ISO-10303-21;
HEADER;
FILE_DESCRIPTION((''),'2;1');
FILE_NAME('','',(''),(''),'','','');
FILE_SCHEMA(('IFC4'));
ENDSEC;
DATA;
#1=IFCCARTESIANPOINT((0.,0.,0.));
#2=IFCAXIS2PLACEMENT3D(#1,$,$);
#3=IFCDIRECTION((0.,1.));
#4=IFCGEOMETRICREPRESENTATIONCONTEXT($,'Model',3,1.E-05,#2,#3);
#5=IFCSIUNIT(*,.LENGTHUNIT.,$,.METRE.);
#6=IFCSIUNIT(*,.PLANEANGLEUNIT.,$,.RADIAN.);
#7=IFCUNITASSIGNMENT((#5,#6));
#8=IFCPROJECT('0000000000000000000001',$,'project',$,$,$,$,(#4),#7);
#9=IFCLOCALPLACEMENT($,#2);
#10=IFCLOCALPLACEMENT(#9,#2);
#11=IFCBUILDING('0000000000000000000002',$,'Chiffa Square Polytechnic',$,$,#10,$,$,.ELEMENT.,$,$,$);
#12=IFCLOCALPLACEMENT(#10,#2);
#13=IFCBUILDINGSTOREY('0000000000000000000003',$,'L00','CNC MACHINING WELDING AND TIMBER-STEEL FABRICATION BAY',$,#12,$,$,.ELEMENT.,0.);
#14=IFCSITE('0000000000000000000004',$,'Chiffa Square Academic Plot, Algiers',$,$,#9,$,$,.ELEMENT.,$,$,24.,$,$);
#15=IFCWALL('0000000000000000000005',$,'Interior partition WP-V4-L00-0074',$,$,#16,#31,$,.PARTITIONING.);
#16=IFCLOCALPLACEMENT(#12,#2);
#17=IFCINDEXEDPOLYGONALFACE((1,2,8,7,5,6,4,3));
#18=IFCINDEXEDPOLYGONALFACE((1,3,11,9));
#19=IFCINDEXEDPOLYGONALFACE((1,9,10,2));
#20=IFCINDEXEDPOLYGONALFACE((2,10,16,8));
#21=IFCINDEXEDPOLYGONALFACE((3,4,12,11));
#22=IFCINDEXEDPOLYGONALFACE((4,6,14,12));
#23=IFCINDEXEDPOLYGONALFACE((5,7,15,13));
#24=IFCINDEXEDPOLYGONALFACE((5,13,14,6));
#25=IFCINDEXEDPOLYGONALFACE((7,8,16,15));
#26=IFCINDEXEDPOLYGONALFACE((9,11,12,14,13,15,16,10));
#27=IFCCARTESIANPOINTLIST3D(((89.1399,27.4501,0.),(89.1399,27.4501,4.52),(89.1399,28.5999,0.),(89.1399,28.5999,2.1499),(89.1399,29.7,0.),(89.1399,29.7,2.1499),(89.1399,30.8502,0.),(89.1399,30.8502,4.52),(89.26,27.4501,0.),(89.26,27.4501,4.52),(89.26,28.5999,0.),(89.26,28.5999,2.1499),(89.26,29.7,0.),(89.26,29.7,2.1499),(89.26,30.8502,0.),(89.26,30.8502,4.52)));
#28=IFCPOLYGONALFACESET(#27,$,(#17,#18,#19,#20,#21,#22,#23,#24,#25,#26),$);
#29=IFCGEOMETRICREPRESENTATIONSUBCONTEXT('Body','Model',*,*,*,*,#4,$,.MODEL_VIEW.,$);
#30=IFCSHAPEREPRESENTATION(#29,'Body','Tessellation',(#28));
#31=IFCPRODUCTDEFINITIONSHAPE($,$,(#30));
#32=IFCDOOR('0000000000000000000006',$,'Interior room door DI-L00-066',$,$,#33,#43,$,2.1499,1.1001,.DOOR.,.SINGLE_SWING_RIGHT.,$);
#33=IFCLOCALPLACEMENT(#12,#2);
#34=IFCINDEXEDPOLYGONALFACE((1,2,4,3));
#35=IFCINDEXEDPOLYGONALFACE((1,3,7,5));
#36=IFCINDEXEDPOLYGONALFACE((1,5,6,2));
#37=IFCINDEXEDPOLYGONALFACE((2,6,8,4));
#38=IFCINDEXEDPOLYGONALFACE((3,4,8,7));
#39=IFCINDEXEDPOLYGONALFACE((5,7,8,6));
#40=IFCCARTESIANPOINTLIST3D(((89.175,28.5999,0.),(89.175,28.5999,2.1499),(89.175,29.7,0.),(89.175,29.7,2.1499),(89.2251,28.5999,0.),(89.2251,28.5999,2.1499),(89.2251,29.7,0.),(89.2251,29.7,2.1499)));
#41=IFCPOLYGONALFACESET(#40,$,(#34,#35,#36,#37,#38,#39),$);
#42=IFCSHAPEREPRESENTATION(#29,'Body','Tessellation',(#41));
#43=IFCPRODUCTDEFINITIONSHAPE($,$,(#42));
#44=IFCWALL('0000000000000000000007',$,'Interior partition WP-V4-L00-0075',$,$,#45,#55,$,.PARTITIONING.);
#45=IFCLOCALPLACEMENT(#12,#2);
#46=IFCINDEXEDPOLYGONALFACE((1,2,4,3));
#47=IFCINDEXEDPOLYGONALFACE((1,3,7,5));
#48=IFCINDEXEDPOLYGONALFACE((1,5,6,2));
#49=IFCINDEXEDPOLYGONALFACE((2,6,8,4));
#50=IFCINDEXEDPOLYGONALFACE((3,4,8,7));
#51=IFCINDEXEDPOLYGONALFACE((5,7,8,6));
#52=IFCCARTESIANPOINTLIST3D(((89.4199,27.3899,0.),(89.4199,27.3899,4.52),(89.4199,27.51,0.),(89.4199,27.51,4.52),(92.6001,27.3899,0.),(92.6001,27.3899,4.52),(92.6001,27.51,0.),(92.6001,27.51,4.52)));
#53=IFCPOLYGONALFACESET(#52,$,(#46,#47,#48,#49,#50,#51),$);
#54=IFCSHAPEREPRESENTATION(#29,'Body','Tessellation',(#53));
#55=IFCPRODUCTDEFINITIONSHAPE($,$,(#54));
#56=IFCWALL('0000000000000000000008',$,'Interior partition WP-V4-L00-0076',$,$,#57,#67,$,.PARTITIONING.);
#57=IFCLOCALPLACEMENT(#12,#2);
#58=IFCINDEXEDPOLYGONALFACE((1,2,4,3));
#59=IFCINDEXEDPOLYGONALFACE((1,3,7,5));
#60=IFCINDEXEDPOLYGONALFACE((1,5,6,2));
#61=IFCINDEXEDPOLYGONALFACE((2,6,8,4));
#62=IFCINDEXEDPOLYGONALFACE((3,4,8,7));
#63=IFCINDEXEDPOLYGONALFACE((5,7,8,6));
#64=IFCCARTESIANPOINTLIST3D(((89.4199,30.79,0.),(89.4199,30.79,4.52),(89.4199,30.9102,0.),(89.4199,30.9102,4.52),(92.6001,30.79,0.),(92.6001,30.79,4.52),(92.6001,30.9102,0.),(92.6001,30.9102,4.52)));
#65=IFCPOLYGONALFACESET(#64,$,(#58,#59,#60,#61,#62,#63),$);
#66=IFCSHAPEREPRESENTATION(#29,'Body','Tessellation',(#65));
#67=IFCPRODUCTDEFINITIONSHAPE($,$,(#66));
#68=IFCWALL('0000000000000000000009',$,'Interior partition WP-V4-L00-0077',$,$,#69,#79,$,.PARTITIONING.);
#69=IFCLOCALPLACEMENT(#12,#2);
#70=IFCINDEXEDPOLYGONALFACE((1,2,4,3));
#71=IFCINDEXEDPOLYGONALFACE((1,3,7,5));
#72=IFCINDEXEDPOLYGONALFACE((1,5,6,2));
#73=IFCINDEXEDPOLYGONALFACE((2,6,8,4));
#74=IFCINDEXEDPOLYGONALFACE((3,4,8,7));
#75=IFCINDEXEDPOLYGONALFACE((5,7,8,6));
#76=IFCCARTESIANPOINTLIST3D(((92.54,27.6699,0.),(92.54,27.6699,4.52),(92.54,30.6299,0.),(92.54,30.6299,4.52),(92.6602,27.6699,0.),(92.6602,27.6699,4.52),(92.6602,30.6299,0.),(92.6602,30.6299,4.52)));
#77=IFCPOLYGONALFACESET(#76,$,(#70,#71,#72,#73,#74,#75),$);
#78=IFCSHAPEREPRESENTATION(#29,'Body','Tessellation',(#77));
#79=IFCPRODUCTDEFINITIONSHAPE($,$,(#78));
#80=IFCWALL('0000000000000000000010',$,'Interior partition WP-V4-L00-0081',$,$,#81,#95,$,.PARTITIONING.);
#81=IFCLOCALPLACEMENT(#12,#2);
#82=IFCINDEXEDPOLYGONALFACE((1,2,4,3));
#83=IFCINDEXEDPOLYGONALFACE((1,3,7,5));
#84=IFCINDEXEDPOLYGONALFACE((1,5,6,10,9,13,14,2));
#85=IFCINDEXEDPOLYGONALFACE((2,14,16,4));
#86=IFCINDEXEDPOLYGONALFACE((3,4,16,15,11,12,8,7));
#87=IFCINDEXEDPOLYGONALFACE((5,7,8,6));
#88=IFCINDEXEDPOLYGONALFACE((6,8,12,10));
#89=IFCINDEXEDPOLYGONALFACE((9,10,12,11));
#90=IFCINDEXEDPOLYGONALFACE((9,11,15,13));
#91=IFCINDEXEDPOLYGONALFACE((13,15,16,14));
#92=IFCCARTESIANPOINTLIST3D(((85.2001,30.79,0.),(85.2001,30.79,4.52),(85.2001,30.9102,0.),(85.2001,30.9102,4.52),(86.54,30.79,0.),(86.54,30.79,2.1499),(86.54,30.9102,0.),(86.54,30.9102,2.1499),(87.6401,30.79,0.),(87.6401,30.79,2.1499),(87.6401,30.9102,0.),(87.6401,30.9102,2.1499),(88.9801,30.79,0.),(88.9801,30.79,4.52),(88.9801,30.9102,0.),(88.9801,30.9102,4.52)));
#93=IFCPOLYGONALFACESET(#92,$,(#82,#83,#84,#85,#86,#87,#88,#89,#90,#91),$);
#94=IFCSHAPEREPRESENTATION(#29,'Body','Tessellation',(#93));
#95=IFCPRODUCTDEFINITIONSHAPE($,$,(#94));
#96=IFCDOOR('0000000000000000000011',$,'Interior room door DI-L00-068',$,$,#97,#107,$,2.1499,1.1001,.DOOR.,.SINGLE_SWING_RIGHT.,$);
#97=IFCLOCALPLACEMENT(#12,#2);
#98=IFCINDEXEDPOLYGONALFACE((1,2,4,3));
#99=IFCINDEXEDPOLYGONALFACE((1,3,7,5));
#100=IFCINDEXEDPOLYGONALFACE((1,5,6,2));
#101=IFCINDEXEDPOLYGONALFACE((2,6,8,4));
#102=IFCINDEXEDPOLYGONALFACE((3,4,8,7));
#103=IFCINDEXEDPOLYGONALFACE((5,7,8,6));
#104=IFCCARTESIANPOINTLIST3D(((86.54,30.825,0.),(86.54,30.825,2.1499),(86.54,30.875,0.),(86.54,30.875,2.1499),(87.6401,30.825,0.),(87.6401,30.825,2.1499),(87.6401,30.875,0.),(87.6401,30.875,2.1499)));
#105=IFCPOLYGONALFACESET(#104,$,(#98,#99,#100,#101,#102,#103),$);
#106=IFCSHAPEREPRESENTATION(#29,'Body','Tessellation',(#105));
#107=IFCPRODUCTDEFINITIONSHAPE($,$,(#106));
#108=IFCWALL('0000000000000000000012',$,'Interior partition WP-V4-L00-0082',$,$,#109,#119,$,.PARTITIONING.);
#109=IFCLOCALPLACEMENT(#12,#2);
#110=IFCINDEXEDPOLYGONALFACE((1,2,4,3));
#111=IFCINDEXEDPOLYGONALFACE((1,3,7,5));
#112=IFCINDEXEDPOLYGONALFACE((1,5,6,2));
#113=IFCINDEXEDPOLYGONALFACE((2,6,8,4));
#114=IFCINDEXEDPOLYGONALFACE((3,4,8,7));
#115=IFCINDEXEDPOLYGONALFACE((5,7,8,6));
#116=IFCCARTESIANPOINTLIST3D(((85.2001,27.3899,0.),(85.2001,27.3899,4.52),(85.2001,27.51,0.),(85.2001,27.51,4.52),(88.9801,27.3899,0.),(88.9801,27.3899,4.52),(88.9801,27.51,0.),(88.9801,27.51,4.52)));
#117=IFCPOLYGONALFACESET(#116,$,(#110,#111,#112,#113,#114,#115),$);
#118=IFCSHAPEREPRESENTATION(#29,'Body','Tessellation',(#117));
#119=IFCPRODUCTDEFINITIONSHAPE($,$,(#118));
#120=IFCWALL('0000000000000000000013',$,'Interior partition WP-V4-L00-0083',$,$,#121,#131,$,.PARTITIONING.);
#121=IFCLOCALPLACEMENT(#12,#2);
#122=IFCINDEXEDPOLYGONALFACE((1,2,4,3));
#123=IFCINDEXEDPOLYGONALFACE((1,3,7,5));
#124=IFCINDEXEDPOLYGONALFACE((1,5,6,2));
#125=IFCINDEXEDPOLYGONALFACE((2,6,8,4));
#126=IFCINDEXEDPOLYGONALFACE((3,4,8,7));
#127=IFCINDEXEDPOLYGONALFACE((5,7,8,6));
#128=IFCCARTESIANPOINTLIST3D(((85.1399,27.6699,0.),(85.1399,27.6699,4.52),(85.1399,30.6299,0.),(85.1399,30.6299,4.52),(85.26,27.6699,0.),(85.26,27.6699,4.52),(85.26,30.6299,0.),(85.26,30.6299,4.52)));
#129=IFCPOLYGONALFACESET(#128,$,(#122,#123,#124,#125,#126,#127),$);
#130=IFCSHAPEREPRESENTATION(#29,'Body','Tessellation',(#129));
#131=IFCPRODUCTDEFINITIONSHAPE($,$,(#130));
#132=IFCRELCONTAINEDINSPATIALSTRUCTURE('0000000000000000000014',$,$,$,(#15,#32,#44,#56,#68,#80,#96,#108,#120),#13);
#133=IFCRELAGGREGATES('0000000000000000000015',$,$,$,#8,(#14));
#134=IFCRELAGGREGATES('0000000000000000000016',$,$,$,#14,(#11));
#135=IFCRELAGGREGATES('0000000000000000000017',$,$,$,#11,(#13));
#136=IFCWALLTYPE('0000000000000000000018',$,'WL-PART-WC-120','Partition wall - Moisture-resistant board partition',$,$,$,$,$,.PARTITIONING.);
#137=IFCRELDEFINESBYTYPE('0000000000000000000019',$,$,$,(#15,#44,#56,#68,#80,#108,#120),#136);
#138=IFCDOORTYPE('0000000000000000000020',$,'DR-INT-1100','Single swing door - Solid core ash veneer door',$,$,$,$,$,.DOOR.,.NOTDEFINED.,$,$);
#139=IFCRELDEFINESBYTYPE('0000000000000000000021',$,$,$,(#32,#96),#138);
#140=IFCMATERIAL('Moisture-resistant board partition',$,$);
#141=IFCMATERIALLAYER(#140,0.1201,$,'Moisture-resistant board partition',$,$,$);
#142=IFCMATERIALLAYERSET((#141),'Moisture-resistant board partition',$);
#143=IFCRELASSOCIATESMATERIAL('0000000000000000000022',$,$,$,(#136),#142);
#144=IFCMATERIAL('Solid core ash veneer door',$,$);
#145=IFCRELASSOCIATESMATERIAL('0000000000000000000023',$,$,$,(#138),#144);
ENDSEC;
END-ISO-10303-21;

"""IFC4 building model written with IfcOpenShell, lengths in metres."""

from ifc_helpers import new_model, si_unit, direction, frame, frame_2d, origin, place, context, subcontext, project, spatial, rectangle, extrude, material, layer, layer_set, type_object, element, fill, save


model = new_model("IFC4")

# Units and contexts
model_context = context("Model", 3, precision=1e-05, world=origin(), true_north=direction((0.0, 1.0)))
body_context = subcontext(model_context, "Body", "Model", "MODEL_VIEW")
ifc_project = project(units=[si_unit("LENGTHUNIT", "METRE"), si_unit("PLANEANGLEUNIT", "RADIAN")], contexts=[model_context])

# Site, building, storey
site_placement = place(None, origin())
site = spatial("IfcSite", under=ifc_project, at=site_placement, Name="Chiffa Square Academic Plot, Algiers", CompositionType="ELEMENT", RefElevation=24.0)
building_placement = place(site_placement, origin())
building = spatial("IfcBuilding", under=site, at=building_placement, Name="Chiffa Square Polytechnic", CompositionType="ELEMENT")
storey_placement = place(building_placement, origin())
storey = spatial("IfcBuildingStorey", under=building, at=storey_placement, Name="L00", Description="CNC MACHINING WELDING AND TIMBER-STEEL FABRICATION BAY", CompositionType="ELEMENT", Elevation=0.0)

# Wall, opening, door
ifc_material_1 = material(Name="Moisture-resistant board partition")
ifc_layer_1 = layer(ifc_material_1, 0.1201, Name="Moisture-resistant board partition")
ifc_layer_set_1 = layer_set([ifc_layer_1], Name="Moisture-resistant board partition")
wall_type_1 = type_object("IfcWallType", Name="WL-PART-WC-120", Description="Partition wall - Moisture-resistant board partition", PredefinedType="PARTITIONING", material=ifc_layer_set_1)
wall_1_placement = place(storey_placement, frame((89.2, 27.45, 0.0), z_axis=(0.0, 0.0, 1.0), x_axis=(0.0, 1.0, 0.0)))
wall_1 = element("IfcWall", 1, at=wall_1_placement, inside=storey, type_object=wall_type_1, Name="Interior partition WP-V4-L00-0074", PredefinedType="PARTITIONING", context=body_context, shape_type="SweptSolid", body=[
    extrude(rectangle(XDim=3.4001, YDim=0.1201, at=frame_2d((1.7002, 0.0))), origin(), (0.0, 0.0, 1.0), 4.52),
])
opening_1_placement = place(wall_1_placement, frame((1.1499, 0.0, 0.0)))
opening_1 = element("IfcOpeningElement", 2, at=opening_1_placement, cuts=wall_1, PredefinedType="OPENING", context=body_context, shape_type="SweptSolid", body=[
    extrude(rectangle(XDim=1.1001, YDim=2.1499, at=frame_2d((0.55, 1.075))), frame((0.0, 0.0701, 0.0), z_axis=(0.0, -1.0, 0.0), x_axis=(1.0, 0.0, 0.0)), (0.0, 0.0, 1.0), 0.1401),
])
ifc_material_2 = material(Name="Solid core ash veneer door")
door_type_1 = type_object("IfcDoorType", Name="DR-INT-1100", Description="Single swing door - Solid core ash veneer door", OperationType="NOTDEFINED", PredefinedType="DOOR", material=ifc_material_2)
door_1_placement = place(opening_1_placement, origin())
door_1 = element("IfcDoor", 3, at=door_1_placement, inside=storey, type_object=door_type_1, Name="Interior room door DI-L00-066", OperationType="SINGLE_SWING_RIGHT", OverallHeight=2.1499, OverallWidth=1.1001, PredefinedType="DOOR", context=body_context, shape_type="SweptSolid", body=[
    extrude(rectangle(XDim=1.1001, YDim=2.1499, at=frame_2d((0.55, 1.075))), frame((0.0, 0.0249, 0.0), z_axis=(0.0, -1.0, 0.0), x_axis=(1.0, 0.0, 0.0)), (0.0, 0.0, 1.0), 0.05),
])
fill(opening_1, door_1)

# Walls
for number, where, z_axis, x_axis, name in (
    (4, (89.4199, 27.45, 0.0), (0.0, 0.0, 1.0), (1.0, 0.0, 0.0), "Interior partition WP-V4-L00-0075"),
    (5, (89.4199, 30.8501, 0.0), (0.0, 0.0, 1.0), (1.0, 0.0, 0.0), "Interior partition WP-V4-L00-0076"),
):
    element("IfcWall", number, at=place(storey_placement, frame(where, z_axis=z_axis, x_axis=x_axis)), inside=storey, type_object=wall_type_1, Name=name, PredefinedType="PARTITIONING", context=body_context, shape_type="SweptSolid", body=[
        extrude(rectangle(XDim=3.1802, YDim=0.1201, at=frame_2d((1.5901, 0.0))), origin(), (0.0, 0.0, 1.0), 4.52),
    ])
wall_2_placement = place(storey_placement, frame((92.6001, 27.6699, 0.0), z_axis=(0.0, 0.0, 1.0), x_axis=(0.0, 1.0, 0.0)))
element("IfcWall", 6, at=wall_2_placement, inside=storey, type_object=wall_type_1, Name="Interior partition WP-V4-L00-0077", PredefinedType="PARTITIONING", context=body_context, shape_type="SweptSolid", body=[
    extrude(rectangle(XDim=2.96, YDim=0.1201, at=frame_2d((1.48, 0.0))), origin(), (0.0, 0.0, 1.0), 4.52),
])

# Wall, opening, door
wall_3_placement = place(storey_placement, frame((85.2, 30.8501, 0.0), z_axis=(0.0, 0.0, 1.0), x_axis=(1.0, 0.0, 0.0)))
wall_3 = element("IfcWall", 7, at=wall_3_placement, inside=storey, type_object=wall_type_1, Name="Interior partition WP-V4-L00-0081", PredefinedType="PARTITIONING", context=body_context, shape_type="SweptSolid", body=[
    extrude(rectangle(XDim=3.78, YDim=0.1201, at=frame_2d((1.8901, 0.0))), origin(), (0.0, 0.0, 1.0), 4.52),
])
opening_2_placement = place(wall_3_placement, frame((1.3401, 0.0, 0.0)))
opening_2 = element("IfcOpeningElement", 8, at=opening_2_placement, cuts=wall_3, PredefinedType="OPENING", context=body_context, shape_type="SweptSolid", body=[
    extrude(rectangle(XDim=1.1001, YDim=2.1499, at=frame_2d((0.55, 1.075))), frame((0.0, 0.0701, 0.0), z_axis=(0.0, -1.0, 0.0), x_axis=(1.0, 0.0, 0.0)), (0.0, 0.0, 1.0), 0.1401),
])
door_2_placement = place(opening_2_placement, origin())
door_2 = element("IfcDoor", 9, at=door_2_placement, inside=storey, type_object=door_type_1, Name="Interior room door DI-L00-068", OperationType="SINGLE_SWING_RIGHT", OverallHeight=2.1499, OverallWidth=1.1001, PredefinedType="DOOR", context=body_context, shape_type="SweptSolid", body=[
    extrude(rectangle(XDim=1.1001, YDim=2.1499, at=frame_2d((0.55, 1.075))), frame((0.0, 0.0249, 0.0), z_axis=(0.0, -1.0, 0.0), x_axis=(1.0, 0.0, 0.0)), (0.0, 0.0, 1.0), 0.05),
])
fill(opening_2, door_2)

# Walls
wall_4_placement = place(storey_placement, frame((85.2, 27.45, 0.0), z_axis=(0.0, 0.0, 1.0), x_axis=(1.0, 0.0, 0.0)))
element("IfcWall", 10, at=wall_4_placement, inside=storey, type_object=wall_type_1, Name="Interior partition WP-V4-L00-0082", PredefinedType="PARTITIONING", context=body_context, shape_type="SweptSolid", body=[
    extrude(rectangle(XDim=3.78, YDim=0.1201, at=frame_2d((1.8901, 0.0))), origin(), (0.0, 0.0, 1.0), 4.52),
])
wall_5_placement = place(storey_placement, frame((85.2, 27.6699, 0.0), z_axis=(0.0, 0.0, 1.0), x_axis=(0.0, 1.0, 0.0)))
element("IfcWall", 11, at=wall_5_placement, inside=storey, type_object=wall_type_1, Name="Interior partition WP-V4-L00-0083", PredefinedType="PARTITIONING", context=body_context, shape_type="SweptSolid", body=[
    extrude(rectangle(XDim=2.96, YDim=0.1201, at=frame_2d((1.48, 0.0))), origin(), (0.0, 0.0, 1.0), 4.52),
])

save(model, "model.ifc")
